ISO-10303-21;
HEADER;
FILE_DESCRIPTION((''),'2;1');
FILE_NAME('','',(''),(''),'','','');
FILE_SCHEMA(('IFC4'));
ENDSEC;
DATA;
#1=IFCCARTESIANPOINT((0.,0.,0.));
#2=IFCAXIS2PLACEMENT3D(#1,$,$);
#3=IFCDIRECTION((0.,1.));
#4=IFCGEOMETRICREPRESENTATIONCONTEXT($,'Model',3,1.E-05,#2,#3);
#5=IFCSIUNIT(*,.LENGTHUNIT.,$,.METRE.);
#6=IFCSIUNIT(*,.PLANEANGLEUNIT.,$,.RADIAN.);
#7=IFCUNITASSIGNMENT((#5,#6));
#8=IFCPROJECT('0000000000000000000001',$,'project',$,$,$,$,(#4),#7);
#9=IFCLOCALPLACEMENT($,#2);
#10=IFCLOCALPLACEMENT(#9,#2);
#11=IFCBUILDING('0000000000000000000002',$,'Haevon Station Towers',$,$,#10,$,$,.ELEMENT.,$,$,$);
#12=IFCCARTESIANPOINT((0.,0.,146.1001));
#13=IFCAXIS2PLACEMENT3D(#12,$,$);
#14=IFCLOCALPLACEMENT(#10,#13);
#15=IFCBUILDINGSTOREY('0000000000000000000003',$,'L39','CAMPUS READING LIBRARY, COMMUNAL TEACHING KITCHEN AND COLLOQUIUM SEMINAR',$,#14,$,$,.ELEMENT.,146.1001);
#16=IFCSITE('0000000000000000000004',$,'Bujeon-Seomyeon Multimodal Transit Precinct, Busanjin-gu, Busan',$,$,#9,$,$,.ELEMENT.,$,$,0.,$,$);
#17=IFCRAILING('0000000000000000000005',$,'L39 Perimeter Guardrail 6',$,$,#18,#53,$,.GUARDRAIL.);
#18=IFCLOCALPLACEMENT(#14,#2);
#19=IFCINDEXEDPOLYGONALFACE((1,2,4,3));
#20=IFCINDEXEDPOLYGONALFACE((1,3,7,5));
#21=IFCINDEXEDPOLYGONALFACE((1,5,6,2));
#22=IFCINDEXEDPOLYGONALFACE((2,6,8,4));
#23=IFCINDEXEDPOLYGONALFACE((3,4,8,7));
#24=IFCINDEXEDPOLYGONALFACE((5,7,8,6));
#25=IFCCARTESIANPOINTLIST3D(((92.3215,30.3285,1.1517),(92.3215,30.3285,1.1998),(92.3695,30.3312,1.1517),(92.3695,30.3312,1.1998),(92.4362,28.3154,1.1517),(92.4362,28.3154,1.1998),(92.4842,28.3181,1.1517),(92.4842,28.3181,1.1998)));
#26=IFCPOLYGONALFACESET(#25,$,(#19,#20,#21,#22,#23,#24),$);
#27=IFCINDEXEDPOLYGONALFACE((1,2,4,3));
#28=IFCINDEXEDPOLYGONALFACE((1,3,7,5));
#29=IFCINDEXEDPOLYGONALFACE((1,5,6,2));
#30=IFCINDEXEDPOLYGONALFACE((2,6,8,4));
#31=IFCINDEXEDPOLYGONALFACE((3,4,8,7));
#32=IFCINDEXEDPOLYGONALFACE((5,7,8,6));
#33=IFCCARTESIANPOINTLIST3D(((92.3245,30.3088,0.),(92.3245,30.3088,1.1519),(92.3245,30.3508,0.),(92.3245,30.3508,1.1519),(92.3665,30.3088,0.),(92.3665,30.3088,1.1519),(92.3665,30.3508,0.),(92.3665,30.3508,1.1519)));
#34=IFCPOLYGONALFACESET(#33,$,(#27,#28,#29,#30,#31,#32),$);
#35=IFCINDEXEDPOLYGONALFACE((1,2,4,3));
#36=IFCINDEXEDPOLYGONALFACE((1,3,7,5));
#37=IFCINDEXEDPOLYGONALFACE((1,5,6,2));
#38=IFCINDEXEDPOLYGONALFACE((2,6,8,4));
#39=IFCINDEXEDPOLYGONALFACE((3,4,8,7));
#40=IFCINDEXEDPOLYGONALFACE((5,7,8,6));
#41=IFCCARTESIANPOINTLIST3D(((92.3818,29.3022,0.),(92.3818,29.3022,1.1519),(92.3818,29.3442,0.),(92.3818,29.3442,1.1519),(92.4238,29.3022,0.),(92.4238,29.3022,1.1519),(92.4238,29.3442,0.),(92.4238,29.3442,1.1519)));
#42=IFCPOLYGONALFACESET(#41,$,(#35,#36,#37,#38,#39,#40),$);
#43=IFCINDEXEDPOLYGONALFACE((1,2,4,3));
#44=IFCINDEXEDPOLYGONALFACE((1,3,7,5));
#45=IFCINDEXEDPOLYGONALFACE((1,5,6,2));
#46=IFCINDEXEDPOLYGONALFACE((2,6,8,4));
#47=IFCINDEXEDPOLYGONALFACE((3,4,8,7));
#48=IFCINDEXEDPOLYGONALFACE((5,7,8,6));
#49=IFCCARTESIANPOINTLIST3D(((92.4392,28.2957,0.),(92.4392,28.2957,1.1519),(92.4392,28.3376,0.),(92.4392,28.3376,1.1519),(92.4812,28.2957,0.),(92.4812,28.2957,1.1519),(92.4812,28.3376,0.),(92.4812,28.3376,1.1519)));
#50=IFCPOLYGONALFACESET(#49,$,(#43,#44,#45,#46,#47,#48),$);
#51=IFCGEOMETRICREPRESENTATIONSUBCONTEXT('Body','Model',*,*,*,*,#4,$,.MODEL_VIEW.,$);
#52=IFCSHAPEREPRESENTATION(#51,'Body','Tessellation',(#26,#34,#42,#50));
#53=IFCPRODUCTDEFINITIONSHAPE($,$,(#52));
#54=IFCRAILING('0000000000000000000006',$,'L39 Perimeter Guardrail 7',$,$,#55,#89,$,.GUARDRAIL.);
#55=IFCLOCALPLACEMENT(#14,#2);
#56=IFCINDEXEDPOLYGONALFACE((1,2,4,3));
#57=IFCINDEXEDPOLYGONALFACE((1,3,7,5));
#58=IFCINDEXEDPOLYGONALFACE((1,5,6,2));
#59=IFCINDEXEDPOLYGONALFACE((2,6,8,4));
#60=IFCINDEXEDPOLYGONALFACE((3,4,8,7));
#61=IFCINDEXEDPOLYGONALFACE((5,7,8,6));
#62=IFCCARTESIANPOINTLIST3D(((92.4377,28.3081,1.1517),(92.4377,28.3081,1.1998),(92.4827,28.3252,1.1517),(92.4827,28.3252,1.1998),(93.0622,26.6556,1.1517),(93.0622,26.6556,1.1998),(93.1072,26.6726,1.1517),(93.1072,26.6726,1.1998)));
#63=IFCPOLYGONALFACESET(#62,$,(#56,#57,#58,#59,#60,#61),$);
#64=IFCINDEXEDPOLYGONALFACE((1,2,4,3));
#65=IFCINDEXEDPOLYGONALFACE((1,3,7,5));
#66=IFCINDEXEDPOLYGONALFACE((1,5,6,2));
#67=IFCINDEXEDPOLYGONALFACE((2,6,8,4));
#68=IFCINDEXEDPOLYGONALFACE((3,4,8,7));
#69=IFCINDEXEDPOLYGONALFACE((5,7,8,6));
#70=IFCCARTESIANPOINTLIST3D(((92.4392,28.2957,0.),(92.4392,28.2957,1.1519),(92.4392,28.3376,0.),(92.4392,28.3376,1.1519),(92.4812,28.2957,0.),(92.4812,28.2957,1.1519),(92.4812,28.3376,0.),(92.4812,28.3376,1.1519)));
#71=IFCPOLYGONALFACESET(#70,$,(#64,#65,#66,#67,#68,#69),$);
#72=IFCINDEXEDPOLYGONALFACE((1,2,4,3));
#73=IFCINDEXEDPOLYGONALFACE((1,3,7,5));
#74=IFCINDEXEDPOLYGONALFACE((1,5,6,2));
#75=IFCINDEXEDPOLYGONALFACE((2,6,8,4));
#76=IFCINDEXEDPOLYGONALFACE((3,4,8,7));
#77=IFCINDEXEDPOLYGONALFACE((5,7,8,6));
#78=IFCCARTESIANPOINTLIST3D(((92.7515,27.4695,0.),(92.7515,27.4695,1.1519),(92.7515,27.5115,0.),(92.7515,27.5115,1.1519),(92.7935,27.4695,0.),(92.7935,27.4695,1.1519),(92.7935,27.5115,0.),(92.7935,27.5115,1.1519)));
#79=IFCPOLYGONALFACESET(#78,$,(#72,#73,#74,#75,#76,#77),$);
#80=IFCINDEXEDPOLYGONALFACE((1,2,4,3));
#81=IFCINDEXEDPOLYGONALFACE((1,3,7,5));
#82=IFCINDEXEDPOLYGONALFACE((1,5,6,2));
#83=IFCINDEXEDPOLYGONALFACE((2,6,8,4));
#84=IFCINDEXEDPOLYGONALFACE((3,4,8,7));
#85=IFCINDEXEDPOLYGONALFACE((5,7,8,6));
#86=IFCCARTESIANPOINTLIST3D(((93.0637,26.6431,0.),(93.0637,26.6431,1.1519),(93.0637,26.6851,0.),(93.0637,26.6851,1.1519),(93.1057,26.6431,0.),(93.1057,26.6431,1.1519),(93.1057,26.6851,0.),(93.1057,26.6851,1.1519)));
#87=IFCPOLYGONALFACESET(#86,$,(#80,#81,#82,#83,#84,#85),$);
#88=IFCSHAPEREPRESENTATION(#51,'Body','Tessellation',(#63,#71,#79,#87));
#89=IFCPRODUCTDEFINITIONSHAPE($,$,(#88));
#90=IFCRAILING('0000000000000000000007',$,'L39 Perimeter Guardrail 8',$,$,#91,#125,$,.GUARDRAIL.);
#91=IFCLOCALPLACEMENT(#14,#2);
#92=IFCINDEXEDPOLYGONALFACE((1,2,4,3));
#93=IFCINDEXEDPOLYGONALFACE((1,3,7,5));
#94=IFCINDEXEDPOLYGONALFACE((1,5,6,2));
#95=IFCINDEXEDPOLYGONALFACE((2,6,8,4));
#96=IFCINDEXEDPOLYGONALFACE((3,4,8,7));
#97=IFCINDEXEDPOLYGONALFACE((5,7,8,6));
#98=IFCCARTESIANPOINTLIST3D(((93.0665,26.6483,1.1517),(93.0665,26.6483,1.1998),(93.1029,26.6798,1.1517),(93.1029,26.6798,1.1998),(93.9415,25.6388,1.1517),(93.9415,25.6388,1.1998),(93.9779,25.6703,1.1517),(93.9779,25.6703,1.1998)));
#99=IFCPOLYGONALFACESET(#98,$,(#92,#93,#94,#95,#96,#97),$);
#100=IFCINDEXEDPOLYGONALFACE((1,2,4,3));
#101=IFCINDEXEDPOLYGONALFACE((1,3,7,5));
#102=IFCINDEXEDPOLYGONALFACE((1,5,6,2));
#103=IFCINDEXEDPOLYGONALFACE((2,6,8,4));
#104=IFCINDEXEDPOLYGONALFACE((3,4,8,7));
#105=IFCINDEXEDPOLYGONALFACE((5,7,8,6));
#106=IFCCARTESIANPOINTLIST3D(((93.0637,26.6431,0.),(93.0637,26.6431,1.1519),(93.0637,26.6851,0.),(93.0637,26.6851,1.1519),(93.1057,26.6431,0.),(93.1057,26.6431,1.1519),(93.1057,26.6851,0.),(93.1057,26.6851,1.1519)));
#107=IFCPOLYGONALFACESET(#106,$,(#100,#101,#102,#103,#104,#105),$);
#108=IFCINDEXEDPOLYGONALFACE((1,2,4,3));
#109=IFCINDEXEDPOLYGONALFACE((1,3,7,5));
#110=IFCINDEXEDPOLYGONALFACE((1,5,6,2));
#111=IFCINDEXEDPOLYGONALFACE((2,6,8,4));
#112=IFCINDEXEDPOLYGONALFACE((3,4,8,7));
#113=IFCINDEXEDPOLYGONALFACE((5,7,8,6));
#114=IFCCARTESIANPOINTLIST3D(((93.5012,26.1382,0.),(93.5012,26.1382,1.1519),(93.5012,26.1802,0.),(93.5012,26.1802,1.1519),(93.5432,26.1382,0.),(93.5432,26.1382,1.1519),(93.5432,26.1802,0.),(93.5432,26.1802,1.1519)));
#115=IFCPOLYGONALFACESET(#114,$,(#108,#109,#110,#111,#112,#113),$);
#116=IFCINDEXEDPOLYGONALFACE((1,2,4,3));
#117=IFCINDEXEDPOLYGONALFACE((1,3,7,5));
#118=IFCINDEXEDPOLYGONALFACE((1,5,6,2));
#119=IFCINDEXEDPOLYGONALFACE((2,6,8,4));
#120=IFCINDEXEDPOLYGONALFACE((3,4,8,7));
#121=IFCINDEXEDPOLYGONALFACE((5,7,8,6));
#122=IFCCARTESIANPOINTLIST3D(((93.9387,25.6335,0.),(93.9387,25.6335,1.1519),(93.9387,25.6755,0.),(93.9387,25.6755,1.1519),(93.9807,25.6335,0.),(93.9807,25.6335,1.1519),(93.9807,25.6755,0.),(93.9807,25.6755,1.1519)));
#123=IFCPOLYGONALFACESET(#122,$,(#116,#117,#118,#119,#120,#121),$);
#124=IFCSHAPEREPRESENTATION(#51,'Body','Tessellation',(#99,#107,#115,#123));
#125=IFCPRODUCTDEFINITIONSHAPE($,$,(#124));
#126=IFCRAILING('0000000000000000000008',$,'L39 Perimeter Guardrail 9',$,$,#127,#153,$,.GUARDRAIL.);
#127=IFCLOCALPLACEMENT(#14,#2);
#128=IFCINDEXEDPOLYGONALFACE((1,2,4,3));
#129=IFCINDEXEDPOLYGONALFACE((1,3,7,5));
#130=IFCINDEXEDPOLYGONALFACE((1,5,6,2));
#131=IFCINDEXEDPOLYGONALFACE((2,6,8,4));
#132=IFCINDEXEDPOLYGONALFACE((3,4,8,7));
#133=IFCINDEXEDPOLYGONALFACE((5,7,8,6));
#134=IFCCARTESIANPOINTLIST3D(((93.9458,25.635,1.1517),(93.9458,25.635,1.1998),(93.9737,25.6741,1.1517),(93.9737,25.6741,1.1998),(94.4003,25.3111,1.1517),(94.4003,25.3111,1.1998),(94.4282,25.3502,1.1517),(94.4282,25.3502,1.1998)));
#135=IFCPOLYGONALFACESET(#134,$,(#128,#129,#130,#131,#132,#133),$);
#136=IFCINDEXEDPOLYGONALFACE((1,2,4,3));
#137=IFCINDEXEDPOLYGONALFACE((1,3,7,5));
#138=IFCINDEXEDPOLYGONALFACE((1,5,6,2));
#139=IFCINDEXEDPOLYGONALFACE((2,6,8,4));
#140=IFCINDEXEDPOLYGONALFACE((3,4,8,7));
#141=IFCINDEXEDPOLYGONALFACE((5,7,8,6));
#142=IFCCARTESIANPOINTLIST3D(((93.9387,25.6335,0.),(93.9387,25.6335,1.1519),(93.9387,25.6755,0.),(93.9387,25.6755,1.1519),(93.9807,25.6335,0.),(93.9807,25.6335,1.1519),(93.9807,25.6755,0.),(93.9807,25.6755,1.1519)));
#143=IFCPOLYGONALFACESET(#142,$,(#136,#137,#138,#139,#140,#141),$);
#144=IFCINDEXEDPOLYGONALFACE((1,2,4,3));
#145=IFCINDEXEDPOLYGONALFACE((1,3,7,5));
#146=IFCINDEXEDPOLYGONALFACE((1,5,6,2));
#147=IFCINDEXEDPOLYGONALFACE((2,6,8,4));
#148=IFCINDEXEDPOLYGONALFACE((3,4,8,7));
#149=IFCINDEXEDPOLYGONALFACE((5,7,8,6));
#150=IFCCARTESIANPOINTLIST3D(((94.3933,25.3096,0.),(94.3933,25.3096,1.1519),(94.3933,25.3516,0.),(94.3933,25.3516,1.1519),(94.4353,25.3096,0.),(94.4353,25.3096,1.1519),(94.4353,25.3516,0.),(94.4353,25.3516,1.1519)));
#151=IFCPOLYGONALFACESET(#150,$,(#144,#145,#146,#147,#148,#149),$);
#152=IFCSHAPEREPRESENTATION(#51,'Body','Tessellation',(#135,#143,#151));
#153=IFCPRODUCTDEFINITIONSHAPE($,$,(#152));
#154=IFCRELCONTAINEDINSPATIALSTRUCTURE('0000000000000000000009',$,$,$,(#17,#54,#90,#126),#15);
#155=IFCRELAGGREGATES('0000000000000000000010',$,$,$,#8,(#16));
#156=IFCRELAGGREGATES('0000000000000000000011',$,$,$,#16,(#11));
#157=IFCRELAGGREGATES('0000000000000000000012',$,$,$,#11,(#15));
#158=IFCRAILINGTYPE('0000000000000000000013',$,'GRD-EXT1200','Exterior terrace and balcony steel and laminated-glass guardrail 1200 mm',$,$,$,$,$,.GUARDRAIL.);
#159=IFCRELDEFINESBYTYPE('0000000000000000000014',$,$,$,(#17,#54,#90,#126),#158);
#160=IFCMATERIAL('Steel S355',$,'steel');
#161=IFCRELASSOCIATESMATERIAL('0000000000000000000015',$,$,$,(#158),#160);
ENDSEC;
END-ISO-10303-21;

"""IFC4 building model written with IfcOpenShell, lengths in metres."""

from ifc_helpers import new_model, si_unit, direction, frame, origin, origin_2d, place, context, subcontext, project, spatial, rectangle, extrude, material, type_object, element, save


model = new_model("IFC4")

# Units and contexts
model_context = context("Model", 3, precision=1e-05, world=origin(), true_north=direction((0.0, 1.0)))
body_context = subcontext(model_context, "Body", "Model", "MODEL_VIEW")
ifc_project = project(units=[si_unit("LENGTHUNIT", "METRE"), si_unit("PLANEANGLEUNIT", "RADIAN")], contexts=[model_context])

# Site, building, storey
site_placement = place(None, origin())
site = spatial("IfcSite", under=ifc_project, at=site_placement, Name="Bujeon-Seomyeon Multimodal Transit Precinct, Busanjin-gu, Busan", CompositionType="ELEMENT", RefElevation=0.0)
building_placement = place(site_placement, origin())
building = spatial("IfcBuilding", under=site, at=building_placement, Name="Haevon Station Towers", CompositionType="ELEMENT")
storey_placement = place(building_placement, frame((0.0, 0.0, 146.1001)))
storey = spatial("IfcBuildingStorey", under=building, at=storey_placement, Name="L39", Description="CAMPUS READING LIBRARY, COMMUNAL TEACHING KITCHEN AND COLLOQUIUM SEMINAR", CompositionType="ELEMENT", Elevation=146.1001)

# Shared definitions
ifc_material_1 = material(Name="Steel S355", Category="steel")

# Railings
railing_type = type_object("IfcRailingType", Name="GRD-EXT1200", Description="Exterior terrace and balcony steel and laminated-glass guardrail 1200 mm", PredefinedType="GUARDRAIL", material=ifc_material_1)
railing_1_placement = place(storey_placement, frame((92.3455, 30.3298, 0.0)))
element("IfcRailing", 1, at=railing_1_placement, inside=storey, type_object=railing_type, Name="L39 Perimeter Guardrail 6", PredefinedType="GUARDRAIL", context=body_context, shape_type="SweptSolid", body=[
    extrude(rectangle(XDim=0.0481, YDim=0.0481, at=origin_2d()), frame((0.0, 0.0, 1.1758), z_axis=(0.056905, -0.99838, 0.0), x_axis=(0.99838, 0.056905, 0.0)), (0.0, 0.0, 1.0), 2.0164),
    extrude(rectangle(XDim=0.042, YDim=0.042, at=origin_2d()), origin(), (0.0, 0.0, 1.0), 1.1519),
    extrude(rectangle(XDim=0.042, YDim=0.042, at=origin_2d()), frame((0.0574, -1.0066, 0.0)), (0.0, 0.0, 1.0), 1.1519),
    extrude(rectangle(XDim=0.042, YDim=0.042, at=origin_2d()), frame((0.1147, -2.0132, 0.0)), (0.0, 0.0, 1.0), 1.1519),
])
railing_2_placement = place(storey_placement, frame((92.4602, 28.3167, 0.0)))
element("IfcRailing", 2, at=railing_2_placement, inside=storey, type_object=railing_type, Name="L39 Perimeter Guardrail 7", PredefinedType="GUARDRAIL", context=body_context, shape_type="SweptSolid", body=[
    extrude(rectangle(XDim=0.0481, YDim=0.0481, at=origin_2d()), frame((0.0, 0.0, 1.1758), z_axis=(0.3535, -0.935435, 0.0), x_axis=(0.935435, 0.3535, 0.0)), (0.0, 0.0, 1.0), 1.7666),
    extrude(rectangle(XDim=0.042, YDim=0.042, at=origin_2d()), origin(), (0.0, 0.0, 1.0), 1.1519),
    extrude(rectangle(XDim=0.042, YDim=0.042, at=origin_2d()), frame((0.3123, -0.8262, 0.0)), (0.0, 0.0, 1.0), 1.1519),
    extrude(rectangle(XDim=0.042, YDim=0.042, at=origin_2d()), frame((0.6245, -1.6526, 0.0)), (0.0, 0.0, 1.0), 1.1519),
])
railing_3_placement = place(storey_placement, frame((93.0847, 26.6641, 0.0)))
element("IfcRailing", 3, at=railing_3_placement, inside=storey, type_object=railing_type, Name="L39 Perimeter Guardrail 8", PredefinedType="GUARDRAIL", context=body_context, shape_type="SweptSolid", body=[
    extrude(rectangle(XDim=0.0481, YDim=0.0481, at=origin_2d()), frame((0.0, 0.0, 1.1758), z_axis=(0.654965, -0.755659, 0.0), x_axis=(0.755659, 0.654965, 0.0)), (0.0, 0.0, 1.0), 1.3359),
    extrude(rectangle(XDim=0.042, YDim=0.042, at=origin_2d()), origin(), (0.0, 0.0, 1.0), 1.1519),
    extrude(rectangle(XDim=0.042, YDim=0.042, at=origin_2d()), frame((0.4375, -0.5049, 0.0)), (0.0, 0.0, 1.0), 1.1519),
    extrude(rectangle(XDim=0.042, YDim=0.042, at=origin_2d()), frame((0.875, -1.0095, 0.0)), (0.0, 0.0, 1.0), 1.1519),
])
railing_4_placement = place(storey_placement, frame((93.9597, 25.6545, 0.0)))
element("IfcRailing", 4, at=railing_4_placement, inside=storey, type_object=railing_type, Name="L39 Perimeter Guardrail 9", PredefinedType="GUARDRAIL", context=body_context, shape_type="SweptSolid", body=[
    extrude(rectangle(XDim=0.0481, YDim=0.0481, at=origin_2d()), frame((0.0, 0.0, 1.1758), z_axis=(0.814354, -0.580369, 0.0), x_axis=(0.580369, 0.814354, 0.0)), (0.0, 0.0, 1.0), 0.5581),
    extrude(rectangle(XDim=0.042, YDim=0.042, at=origin_2d()), origin(), (0.0, 0.0, 1.0), 1.1519),
    extrude(rectangle(XDim=0.042, YDim=0.042, at=origin_2d()), frame((0.4546, -0.324, 0.0)), (0.0, 0.0, 1.0), 1.1519),
])

save(model, "model.ifc")
